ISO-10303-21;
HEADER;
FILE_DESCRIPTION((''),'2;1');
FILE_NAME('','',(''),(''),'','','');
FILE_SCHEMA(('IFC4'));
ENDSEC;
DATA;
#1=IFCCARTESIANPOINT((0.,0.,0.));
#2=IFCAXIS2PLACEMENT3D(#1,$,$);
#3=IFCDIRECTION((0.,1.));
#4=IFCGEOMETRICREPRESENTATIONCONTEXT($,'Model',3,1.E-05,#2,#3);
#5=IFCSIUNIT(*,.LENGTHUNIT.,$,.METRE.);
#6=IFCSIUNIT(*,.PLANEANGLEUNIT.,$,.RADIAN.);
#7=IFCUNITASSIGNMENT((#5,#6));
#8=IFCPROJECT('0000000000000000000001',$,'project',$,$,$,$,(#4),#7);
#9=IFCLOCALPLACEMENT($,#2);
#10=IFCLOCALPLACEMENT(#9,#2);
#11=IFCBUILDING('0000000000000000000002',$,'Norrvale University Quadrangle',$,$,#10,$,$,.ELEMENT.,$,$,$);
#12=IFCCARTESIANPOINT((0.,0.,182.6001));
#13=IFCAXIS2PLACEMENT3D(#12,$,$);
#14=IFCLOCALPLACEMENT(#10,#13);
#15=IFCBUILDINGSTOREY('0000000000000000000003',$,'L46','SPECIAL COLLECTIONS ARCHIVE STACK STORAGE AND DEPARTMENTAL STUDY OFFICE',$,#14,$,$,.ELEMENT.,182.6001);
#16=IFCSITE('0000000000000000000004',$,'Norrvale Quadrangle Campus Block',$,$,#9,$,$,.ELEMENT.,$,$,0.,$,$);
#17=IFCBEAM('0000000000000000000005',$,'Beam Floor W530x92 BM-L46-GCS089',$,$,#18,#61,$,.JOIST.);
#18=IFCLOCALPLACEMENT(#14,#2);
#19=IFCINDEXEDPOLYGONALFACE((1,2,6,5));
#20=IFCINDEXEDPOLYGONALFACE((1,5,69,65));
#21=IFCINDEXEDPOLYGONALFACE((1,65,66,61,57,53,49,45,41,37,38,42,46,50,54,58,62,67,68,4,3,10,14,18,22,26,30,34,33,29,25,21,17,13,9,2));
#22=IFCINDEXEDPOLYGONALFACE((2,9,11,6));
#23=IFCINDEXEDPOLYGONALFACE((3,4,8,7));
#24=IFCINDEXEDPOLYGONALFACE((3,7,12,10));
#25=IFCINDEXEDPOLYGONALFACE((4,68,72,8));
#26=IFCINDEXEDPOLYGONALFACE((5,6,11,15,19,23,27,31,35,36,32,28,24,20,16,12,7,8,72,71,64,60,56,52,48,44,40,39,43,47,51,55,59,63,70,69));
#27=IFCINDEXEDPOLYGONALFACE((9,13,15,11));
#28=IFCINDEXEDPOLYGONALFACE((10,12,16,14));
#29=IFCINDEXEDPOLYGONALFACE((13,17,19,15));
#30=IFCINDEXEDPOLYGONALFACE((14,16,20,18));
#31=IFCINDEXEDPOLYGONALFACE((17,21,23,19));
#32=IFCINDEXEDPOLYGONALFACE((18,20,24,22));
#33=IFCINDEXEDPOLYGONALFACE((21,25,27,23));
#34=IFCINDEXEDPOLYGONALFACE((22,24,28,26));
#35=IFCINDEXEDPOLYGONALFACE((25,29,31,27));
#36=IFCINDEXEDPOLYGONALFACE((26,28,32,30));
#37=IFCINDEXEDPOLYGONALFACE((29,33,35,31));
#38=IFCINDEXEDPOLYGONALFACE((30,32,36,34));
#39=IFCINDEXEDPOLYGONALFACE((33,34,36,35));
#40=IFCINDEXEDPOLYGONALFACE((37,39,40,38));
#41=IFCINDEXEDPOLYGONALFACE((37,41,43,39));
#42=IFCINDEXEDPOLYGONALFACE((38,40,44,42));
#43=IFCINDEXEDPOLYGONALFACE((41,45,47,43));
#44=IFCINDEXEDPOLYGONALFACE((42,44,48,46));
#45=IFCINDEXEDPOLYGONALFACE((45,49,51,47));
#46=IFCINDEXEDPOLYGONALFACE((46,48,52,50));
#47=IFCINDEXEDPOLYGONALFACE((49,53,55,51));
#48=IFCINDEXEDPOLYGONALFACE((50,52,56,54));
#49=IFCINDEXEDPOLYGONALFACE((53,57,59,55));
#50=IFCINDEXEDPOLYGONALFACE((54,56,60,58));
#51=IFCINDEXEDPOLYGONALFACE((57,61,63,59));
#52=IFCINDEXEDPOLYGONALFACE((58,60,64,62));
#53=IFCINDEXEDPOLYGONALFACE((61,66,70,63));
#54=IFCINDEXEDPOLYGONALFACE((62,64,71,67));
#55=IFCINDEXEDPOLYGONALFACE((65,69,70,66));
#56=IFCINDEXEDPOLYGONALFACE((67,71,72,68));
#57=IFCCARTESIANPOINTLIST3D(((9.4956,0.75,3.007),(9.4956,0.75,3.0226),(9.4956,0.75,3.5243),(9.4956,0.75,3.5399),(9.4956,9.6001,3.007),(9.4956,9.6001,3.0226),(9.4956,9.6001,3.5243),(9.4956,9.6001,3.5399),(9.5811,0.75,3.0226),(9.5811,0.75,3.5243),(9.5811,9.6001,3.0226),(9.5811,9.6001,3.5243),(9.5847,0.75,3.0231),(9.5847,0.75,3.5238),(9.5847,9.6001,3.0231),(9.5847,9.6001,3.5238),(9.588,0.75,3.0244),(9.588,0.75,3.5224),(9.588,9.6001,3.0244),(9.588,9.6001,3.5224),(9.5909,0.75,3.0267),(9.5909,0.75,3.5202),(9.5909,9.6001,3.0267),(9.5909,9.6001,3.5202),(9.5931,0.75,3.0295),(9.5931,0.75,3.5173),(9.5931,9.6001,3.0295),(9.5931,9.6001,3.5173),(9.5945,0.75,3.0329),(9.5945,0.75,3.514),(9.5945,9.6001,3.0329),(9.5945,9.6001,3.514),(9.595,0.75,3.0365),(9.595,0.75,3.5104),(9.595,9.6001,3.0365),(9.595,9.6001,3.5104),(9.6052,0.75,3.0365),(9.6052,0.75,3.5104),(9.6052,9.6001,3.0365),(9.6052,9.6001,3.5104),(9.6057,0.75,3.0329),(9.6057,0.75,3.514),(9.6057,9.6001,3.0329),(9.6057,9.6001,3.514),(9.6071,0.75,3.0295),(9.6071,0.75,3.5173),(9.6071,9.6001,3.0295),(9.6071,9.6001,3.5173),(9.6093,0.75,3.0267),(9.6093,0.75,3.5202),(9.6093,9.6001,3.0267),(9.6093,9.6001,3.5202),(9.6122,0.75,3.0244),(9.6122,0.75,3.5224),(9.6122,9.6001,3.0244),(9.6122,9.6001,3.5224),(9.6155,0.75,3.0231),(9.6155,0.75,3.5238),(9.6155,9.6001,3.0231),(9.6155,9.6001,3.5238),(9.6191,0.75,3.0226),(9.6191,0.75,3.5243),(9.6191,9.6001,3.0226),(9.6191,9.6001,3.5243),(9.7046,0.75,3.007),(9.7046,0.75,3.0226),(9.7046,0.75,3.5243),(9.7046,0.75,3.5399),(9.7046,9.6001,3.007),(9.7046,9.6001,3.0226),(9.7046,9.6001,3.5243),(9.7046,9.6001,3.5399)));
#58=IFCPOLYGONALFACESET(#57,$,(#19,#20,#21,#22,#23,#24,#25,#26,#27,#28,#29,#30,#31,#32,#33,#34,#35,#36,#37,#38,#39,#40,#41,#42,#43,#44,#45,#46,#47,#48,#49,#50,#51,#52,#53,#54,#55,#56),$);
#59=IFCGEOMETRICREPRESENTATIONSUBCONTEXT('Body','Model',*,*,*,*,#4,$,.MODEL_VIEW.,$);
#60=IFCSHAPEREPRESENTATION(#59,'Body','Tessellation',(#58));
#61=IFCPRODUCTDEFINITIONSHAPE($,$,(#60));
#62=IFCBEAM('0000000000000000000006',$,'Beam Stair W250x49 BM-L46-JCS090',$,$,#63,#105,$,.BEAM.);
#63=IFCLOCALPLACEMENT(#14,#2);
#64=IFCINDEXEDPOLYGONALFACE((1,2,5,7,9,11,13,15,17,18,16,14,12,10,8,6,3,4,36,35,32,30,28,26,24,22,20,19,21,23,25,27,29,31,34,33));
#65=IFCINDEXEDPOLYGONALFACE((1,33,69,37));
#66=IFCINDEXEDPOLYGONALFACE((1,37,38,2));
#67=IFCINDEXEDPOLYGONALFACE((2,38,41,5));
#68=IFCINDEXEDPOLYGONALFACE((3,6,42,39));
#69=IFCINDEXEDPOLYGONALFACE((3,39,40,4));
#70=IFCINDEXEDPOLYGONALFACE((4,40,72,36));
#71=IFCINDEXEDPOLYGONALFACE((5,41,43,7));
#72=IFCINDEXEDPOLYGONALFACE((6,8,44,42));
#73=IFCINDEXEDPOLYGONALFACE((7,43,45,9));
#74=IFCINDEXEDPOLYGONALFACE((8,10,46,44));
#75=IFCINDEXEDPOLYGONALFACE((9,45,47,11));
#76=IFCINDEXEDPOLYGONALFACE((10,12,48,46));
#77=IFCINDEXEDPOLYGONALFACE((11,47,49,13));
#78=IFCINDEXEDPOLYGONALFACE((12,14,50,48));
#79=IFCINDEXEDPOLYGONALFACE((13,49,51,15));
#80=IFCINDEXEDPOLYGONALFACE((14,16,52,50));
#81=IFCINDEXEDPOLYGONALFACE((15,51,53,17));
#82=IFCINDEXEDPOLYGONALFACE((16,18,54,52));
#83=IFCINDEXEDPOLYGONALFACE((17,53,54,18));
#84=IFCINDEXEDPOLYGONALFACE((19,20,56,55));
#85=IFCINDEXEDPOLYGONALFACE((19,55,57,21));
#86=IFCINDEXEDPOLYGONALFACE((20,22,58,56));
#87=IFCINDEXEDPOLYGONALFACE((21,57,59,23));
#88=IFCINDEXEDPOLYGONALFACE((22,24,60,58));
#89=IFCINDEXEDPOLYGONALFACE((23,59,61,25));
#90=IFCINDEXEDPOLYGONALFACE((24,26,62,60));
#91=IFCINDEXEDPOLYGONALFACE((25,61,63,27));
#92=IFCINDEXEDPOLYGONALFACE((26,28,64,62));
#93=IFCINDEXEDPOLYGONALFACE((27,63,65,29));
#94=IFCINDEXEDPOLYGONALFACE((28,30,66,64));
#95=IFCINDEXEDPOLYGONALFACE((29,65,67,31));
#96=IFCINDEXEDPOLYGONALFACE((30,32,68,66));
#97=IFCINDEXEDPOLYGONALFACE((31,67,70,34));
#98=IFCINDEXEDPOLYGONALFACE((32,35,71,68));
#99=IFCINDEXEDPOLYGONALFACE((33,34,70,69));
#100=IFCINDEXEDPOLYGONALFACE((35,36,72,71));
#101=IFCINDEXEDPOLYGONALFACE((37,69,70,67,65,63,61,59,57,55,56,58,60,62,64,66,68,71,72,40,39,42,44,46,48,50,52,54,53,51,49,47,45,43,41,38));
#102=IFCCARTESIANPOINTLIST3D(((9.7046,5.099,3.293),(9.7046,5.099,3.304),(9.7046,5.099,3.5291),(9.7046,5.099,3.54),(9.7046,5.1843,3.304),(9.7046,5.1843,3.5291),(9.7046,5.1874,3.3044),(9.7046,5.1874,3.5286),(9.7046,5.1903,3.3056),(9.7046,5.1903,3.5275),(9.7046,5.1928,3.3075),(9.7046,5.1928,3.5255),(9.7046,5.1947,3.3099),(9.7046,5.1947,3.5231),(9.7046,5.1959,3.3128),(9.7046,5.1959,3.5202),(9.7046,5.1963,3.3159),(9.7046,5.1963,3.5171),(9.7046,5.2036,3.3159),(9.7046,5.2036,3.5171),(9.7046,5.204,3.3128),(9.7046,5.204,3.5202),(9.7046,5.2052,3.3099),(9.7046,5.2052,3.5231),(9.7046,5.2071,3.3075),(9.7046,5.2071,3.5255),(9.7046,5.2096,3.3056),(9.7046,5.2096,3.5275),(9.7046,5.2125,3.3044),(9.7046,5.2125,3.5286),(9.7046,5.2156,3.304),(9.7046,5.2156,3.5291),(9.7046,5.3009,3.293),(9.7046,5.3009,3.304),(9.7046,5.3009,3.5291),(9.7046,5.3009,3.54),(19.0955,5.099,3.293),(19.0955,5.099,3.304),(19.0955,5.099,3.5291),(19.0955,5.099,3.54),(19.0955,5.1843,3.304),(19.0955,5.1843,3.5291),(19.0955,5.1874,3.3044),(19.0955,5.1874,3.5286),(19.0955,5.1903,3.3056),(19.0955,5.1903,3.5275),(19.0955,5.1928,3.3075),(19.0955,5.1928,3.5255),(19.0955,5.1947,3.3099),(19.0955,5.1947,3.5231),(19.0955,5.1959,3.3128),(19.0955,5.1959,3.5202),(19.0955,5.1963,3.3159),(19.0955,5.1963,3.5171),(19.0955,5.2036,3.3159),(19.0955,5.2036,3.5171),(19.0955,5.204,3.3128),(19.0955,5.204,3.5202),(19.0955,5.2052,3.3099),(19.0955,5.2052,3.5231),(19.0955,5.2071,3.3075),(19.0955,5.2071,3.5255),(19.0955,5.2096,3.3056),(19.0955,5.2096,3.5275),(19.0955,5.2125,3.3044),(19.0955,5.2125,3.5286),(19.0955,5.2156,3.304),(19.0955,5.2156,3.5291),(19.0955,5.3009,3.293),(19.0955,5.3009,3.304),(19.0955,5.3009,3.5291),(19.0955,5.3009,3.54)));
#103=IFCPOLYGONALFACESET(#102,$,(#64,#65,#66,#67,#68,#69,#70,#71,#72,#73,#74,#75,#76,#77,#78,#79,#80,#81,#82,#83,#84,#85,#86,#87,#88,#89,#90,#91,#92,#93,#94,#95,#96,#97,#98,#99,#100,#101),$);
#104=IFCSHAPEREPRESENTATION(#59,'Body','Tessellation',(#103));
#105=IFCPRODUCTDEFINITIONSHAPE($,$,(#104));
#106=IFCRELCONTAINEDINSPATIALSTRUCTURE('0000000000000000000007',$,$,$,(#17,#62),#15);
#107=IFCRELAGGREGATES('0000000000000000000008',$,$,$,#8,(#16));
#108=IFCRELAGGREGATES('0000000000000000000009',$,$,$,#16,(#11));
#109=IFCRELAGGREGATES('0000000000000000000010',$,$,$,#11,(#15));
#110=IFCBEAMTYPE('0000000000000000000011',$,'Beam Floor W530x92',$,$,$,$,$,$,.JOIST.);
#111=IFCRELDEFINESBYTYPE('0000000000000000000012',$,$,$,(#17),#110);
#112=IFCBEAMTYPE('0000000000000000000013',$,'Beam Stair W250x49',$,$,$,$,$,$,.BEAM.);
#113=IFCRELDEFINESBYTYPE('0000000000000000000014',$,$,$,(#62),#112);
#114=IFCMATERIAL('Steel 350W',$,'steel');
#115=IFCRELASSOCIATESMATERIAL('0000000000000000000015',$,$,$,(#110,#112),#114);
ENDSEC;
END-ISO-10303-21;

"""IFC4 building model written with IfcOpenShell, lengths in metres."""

from ifc_helpers import new_model, si_unit, direction, frame, origin, origin_2d, place, context, subcontext, project, spatial, i_section, extrude, material, material_profile, profile_set, type_object, element, save


model = new_model("IFC4")

# Units and contexts
model_context = context("Model", 3, precision=1e-05, world=origin(), true_north=direction((0.0, 1.0)))
body_context = subcontext(model_context, "Body", "Model", "MODEL_VIEW")
ifc_project = project(units=[si_unit("LENGTHUNIT", "METRE"), si_unit("PLANEANGLEUNIT", "RADIAN")], contexts=[model_context])

# Site, building, storey
site_placement = place(None, origin())
site = spatial("IfcSite", under=ifc_project, at=site_placement, Name="Norrvale Quadrangle Campus Block", CompositionType="ELEMENT", RefElevation=0.0)
building_placement = place(site_placement, origin())
building = spatial("IfcBuilding", under=site, at=building_placement, Name="Norrvale University Quadrangle", CompositionType="ELEMENT")
storey_placement = place(building_placement, frame((0.0, 0.0, 182.6001)))
storey = spatial("IfcBuildingStorey", under=building, at=storey_placement, Name="L46", Description="SPECIAL COLLECTIONS ARCHIVE STACK STORAGE AND DEPARTMENTAL STUDY OFFICE", CompositionType="ELEMENT", Elevation=182.6001)

# Beams
ifc_material_1 = material(Name="Steel 350W", Category="steel")
ifc_material_profile_1 = material_profile(ifc_material_1, i_section(OverallWidth=0.209, OverallDepth=0.533, WebThickness=0.0103, FlangeThickness=0.0156, FilletRadius=0.0139, at=origin_2d()), Name="Steel 350W")
ifc_profile_set_1 = profile_set([ifc_material_profile_1], Name="Steel 350W")
beam_type_1 = type_object("IfcBeamType", Name="Beam Floor W530x92", PredefinedType="JOIST", material=ifc_profile_set_1)
beam_1_placement = place(storey_placement, frame((9.6001, 0.75, 3.2734), z_axis=(0.0, 1.0, 0.0), x_axis=(-1.0, 0.0, 0.0)))
element("IfcBeam", 1, at=beam_1_placement, inside=storey, type_object=beam_type_1, Name="Beam Floor W530x92 BM-L46-GCS089", PredefinedType="JOIST", context=body_context, shape_type="SweptSolid", body=[
    extrude(i_section(OverallWidth=0.209, OverallDepth=0.533, WebThickness=0.0103, FlangeThickness=0.0156, FilletRadius=0.0139, at=origin_2d()), origin(), (0.0, 0.0, 1.0), 8.8501),
])
ifc_material_profile_2 = material_profile(ifc_material_1, i_section(OverallWidth=0.2019, OverallDepth=0.2471, WebThickness=0.0073, FlangeThickness=0.011, FilletRadius=0.012, at=origin_2d()), Name="Steel 350W")
ifc_profile_set_2 = profile_set([ifc_material_profile_2], Name="Steel 350W")
beam_type_2 = type_object("IfcBeamType", Name="Beam Stair W250x49", PredefinedType="BEAM", material=ifc_profile_set_2)
beam_2_placement = place(storey_placement, frame((9.7046, 5.2, 3.4165), z_axis=(1.0, 0.0, 0.0), x_axis=(0.0, 1.0, 0.0)))
element("IfcBeam", 2, at=beam_2_placement, inside=storey, type_object=beam_type_2, Name="Beam Stair W250x49 BM-L46-JCS090", PredefinedType="BEAM", context=body_context, shape_type="SweptSolid", body=[
    extrude(i_section(OverallWidth=0.2019, OverallDepth=0.2471, WebThickness=0.0073, FlangeThickness=0.011, FilletRadius=0.012, at=origin_2d()), origin(), (0.0, 0.0, 1.0), 9.3909),
])

save(model, "model.ifc")
